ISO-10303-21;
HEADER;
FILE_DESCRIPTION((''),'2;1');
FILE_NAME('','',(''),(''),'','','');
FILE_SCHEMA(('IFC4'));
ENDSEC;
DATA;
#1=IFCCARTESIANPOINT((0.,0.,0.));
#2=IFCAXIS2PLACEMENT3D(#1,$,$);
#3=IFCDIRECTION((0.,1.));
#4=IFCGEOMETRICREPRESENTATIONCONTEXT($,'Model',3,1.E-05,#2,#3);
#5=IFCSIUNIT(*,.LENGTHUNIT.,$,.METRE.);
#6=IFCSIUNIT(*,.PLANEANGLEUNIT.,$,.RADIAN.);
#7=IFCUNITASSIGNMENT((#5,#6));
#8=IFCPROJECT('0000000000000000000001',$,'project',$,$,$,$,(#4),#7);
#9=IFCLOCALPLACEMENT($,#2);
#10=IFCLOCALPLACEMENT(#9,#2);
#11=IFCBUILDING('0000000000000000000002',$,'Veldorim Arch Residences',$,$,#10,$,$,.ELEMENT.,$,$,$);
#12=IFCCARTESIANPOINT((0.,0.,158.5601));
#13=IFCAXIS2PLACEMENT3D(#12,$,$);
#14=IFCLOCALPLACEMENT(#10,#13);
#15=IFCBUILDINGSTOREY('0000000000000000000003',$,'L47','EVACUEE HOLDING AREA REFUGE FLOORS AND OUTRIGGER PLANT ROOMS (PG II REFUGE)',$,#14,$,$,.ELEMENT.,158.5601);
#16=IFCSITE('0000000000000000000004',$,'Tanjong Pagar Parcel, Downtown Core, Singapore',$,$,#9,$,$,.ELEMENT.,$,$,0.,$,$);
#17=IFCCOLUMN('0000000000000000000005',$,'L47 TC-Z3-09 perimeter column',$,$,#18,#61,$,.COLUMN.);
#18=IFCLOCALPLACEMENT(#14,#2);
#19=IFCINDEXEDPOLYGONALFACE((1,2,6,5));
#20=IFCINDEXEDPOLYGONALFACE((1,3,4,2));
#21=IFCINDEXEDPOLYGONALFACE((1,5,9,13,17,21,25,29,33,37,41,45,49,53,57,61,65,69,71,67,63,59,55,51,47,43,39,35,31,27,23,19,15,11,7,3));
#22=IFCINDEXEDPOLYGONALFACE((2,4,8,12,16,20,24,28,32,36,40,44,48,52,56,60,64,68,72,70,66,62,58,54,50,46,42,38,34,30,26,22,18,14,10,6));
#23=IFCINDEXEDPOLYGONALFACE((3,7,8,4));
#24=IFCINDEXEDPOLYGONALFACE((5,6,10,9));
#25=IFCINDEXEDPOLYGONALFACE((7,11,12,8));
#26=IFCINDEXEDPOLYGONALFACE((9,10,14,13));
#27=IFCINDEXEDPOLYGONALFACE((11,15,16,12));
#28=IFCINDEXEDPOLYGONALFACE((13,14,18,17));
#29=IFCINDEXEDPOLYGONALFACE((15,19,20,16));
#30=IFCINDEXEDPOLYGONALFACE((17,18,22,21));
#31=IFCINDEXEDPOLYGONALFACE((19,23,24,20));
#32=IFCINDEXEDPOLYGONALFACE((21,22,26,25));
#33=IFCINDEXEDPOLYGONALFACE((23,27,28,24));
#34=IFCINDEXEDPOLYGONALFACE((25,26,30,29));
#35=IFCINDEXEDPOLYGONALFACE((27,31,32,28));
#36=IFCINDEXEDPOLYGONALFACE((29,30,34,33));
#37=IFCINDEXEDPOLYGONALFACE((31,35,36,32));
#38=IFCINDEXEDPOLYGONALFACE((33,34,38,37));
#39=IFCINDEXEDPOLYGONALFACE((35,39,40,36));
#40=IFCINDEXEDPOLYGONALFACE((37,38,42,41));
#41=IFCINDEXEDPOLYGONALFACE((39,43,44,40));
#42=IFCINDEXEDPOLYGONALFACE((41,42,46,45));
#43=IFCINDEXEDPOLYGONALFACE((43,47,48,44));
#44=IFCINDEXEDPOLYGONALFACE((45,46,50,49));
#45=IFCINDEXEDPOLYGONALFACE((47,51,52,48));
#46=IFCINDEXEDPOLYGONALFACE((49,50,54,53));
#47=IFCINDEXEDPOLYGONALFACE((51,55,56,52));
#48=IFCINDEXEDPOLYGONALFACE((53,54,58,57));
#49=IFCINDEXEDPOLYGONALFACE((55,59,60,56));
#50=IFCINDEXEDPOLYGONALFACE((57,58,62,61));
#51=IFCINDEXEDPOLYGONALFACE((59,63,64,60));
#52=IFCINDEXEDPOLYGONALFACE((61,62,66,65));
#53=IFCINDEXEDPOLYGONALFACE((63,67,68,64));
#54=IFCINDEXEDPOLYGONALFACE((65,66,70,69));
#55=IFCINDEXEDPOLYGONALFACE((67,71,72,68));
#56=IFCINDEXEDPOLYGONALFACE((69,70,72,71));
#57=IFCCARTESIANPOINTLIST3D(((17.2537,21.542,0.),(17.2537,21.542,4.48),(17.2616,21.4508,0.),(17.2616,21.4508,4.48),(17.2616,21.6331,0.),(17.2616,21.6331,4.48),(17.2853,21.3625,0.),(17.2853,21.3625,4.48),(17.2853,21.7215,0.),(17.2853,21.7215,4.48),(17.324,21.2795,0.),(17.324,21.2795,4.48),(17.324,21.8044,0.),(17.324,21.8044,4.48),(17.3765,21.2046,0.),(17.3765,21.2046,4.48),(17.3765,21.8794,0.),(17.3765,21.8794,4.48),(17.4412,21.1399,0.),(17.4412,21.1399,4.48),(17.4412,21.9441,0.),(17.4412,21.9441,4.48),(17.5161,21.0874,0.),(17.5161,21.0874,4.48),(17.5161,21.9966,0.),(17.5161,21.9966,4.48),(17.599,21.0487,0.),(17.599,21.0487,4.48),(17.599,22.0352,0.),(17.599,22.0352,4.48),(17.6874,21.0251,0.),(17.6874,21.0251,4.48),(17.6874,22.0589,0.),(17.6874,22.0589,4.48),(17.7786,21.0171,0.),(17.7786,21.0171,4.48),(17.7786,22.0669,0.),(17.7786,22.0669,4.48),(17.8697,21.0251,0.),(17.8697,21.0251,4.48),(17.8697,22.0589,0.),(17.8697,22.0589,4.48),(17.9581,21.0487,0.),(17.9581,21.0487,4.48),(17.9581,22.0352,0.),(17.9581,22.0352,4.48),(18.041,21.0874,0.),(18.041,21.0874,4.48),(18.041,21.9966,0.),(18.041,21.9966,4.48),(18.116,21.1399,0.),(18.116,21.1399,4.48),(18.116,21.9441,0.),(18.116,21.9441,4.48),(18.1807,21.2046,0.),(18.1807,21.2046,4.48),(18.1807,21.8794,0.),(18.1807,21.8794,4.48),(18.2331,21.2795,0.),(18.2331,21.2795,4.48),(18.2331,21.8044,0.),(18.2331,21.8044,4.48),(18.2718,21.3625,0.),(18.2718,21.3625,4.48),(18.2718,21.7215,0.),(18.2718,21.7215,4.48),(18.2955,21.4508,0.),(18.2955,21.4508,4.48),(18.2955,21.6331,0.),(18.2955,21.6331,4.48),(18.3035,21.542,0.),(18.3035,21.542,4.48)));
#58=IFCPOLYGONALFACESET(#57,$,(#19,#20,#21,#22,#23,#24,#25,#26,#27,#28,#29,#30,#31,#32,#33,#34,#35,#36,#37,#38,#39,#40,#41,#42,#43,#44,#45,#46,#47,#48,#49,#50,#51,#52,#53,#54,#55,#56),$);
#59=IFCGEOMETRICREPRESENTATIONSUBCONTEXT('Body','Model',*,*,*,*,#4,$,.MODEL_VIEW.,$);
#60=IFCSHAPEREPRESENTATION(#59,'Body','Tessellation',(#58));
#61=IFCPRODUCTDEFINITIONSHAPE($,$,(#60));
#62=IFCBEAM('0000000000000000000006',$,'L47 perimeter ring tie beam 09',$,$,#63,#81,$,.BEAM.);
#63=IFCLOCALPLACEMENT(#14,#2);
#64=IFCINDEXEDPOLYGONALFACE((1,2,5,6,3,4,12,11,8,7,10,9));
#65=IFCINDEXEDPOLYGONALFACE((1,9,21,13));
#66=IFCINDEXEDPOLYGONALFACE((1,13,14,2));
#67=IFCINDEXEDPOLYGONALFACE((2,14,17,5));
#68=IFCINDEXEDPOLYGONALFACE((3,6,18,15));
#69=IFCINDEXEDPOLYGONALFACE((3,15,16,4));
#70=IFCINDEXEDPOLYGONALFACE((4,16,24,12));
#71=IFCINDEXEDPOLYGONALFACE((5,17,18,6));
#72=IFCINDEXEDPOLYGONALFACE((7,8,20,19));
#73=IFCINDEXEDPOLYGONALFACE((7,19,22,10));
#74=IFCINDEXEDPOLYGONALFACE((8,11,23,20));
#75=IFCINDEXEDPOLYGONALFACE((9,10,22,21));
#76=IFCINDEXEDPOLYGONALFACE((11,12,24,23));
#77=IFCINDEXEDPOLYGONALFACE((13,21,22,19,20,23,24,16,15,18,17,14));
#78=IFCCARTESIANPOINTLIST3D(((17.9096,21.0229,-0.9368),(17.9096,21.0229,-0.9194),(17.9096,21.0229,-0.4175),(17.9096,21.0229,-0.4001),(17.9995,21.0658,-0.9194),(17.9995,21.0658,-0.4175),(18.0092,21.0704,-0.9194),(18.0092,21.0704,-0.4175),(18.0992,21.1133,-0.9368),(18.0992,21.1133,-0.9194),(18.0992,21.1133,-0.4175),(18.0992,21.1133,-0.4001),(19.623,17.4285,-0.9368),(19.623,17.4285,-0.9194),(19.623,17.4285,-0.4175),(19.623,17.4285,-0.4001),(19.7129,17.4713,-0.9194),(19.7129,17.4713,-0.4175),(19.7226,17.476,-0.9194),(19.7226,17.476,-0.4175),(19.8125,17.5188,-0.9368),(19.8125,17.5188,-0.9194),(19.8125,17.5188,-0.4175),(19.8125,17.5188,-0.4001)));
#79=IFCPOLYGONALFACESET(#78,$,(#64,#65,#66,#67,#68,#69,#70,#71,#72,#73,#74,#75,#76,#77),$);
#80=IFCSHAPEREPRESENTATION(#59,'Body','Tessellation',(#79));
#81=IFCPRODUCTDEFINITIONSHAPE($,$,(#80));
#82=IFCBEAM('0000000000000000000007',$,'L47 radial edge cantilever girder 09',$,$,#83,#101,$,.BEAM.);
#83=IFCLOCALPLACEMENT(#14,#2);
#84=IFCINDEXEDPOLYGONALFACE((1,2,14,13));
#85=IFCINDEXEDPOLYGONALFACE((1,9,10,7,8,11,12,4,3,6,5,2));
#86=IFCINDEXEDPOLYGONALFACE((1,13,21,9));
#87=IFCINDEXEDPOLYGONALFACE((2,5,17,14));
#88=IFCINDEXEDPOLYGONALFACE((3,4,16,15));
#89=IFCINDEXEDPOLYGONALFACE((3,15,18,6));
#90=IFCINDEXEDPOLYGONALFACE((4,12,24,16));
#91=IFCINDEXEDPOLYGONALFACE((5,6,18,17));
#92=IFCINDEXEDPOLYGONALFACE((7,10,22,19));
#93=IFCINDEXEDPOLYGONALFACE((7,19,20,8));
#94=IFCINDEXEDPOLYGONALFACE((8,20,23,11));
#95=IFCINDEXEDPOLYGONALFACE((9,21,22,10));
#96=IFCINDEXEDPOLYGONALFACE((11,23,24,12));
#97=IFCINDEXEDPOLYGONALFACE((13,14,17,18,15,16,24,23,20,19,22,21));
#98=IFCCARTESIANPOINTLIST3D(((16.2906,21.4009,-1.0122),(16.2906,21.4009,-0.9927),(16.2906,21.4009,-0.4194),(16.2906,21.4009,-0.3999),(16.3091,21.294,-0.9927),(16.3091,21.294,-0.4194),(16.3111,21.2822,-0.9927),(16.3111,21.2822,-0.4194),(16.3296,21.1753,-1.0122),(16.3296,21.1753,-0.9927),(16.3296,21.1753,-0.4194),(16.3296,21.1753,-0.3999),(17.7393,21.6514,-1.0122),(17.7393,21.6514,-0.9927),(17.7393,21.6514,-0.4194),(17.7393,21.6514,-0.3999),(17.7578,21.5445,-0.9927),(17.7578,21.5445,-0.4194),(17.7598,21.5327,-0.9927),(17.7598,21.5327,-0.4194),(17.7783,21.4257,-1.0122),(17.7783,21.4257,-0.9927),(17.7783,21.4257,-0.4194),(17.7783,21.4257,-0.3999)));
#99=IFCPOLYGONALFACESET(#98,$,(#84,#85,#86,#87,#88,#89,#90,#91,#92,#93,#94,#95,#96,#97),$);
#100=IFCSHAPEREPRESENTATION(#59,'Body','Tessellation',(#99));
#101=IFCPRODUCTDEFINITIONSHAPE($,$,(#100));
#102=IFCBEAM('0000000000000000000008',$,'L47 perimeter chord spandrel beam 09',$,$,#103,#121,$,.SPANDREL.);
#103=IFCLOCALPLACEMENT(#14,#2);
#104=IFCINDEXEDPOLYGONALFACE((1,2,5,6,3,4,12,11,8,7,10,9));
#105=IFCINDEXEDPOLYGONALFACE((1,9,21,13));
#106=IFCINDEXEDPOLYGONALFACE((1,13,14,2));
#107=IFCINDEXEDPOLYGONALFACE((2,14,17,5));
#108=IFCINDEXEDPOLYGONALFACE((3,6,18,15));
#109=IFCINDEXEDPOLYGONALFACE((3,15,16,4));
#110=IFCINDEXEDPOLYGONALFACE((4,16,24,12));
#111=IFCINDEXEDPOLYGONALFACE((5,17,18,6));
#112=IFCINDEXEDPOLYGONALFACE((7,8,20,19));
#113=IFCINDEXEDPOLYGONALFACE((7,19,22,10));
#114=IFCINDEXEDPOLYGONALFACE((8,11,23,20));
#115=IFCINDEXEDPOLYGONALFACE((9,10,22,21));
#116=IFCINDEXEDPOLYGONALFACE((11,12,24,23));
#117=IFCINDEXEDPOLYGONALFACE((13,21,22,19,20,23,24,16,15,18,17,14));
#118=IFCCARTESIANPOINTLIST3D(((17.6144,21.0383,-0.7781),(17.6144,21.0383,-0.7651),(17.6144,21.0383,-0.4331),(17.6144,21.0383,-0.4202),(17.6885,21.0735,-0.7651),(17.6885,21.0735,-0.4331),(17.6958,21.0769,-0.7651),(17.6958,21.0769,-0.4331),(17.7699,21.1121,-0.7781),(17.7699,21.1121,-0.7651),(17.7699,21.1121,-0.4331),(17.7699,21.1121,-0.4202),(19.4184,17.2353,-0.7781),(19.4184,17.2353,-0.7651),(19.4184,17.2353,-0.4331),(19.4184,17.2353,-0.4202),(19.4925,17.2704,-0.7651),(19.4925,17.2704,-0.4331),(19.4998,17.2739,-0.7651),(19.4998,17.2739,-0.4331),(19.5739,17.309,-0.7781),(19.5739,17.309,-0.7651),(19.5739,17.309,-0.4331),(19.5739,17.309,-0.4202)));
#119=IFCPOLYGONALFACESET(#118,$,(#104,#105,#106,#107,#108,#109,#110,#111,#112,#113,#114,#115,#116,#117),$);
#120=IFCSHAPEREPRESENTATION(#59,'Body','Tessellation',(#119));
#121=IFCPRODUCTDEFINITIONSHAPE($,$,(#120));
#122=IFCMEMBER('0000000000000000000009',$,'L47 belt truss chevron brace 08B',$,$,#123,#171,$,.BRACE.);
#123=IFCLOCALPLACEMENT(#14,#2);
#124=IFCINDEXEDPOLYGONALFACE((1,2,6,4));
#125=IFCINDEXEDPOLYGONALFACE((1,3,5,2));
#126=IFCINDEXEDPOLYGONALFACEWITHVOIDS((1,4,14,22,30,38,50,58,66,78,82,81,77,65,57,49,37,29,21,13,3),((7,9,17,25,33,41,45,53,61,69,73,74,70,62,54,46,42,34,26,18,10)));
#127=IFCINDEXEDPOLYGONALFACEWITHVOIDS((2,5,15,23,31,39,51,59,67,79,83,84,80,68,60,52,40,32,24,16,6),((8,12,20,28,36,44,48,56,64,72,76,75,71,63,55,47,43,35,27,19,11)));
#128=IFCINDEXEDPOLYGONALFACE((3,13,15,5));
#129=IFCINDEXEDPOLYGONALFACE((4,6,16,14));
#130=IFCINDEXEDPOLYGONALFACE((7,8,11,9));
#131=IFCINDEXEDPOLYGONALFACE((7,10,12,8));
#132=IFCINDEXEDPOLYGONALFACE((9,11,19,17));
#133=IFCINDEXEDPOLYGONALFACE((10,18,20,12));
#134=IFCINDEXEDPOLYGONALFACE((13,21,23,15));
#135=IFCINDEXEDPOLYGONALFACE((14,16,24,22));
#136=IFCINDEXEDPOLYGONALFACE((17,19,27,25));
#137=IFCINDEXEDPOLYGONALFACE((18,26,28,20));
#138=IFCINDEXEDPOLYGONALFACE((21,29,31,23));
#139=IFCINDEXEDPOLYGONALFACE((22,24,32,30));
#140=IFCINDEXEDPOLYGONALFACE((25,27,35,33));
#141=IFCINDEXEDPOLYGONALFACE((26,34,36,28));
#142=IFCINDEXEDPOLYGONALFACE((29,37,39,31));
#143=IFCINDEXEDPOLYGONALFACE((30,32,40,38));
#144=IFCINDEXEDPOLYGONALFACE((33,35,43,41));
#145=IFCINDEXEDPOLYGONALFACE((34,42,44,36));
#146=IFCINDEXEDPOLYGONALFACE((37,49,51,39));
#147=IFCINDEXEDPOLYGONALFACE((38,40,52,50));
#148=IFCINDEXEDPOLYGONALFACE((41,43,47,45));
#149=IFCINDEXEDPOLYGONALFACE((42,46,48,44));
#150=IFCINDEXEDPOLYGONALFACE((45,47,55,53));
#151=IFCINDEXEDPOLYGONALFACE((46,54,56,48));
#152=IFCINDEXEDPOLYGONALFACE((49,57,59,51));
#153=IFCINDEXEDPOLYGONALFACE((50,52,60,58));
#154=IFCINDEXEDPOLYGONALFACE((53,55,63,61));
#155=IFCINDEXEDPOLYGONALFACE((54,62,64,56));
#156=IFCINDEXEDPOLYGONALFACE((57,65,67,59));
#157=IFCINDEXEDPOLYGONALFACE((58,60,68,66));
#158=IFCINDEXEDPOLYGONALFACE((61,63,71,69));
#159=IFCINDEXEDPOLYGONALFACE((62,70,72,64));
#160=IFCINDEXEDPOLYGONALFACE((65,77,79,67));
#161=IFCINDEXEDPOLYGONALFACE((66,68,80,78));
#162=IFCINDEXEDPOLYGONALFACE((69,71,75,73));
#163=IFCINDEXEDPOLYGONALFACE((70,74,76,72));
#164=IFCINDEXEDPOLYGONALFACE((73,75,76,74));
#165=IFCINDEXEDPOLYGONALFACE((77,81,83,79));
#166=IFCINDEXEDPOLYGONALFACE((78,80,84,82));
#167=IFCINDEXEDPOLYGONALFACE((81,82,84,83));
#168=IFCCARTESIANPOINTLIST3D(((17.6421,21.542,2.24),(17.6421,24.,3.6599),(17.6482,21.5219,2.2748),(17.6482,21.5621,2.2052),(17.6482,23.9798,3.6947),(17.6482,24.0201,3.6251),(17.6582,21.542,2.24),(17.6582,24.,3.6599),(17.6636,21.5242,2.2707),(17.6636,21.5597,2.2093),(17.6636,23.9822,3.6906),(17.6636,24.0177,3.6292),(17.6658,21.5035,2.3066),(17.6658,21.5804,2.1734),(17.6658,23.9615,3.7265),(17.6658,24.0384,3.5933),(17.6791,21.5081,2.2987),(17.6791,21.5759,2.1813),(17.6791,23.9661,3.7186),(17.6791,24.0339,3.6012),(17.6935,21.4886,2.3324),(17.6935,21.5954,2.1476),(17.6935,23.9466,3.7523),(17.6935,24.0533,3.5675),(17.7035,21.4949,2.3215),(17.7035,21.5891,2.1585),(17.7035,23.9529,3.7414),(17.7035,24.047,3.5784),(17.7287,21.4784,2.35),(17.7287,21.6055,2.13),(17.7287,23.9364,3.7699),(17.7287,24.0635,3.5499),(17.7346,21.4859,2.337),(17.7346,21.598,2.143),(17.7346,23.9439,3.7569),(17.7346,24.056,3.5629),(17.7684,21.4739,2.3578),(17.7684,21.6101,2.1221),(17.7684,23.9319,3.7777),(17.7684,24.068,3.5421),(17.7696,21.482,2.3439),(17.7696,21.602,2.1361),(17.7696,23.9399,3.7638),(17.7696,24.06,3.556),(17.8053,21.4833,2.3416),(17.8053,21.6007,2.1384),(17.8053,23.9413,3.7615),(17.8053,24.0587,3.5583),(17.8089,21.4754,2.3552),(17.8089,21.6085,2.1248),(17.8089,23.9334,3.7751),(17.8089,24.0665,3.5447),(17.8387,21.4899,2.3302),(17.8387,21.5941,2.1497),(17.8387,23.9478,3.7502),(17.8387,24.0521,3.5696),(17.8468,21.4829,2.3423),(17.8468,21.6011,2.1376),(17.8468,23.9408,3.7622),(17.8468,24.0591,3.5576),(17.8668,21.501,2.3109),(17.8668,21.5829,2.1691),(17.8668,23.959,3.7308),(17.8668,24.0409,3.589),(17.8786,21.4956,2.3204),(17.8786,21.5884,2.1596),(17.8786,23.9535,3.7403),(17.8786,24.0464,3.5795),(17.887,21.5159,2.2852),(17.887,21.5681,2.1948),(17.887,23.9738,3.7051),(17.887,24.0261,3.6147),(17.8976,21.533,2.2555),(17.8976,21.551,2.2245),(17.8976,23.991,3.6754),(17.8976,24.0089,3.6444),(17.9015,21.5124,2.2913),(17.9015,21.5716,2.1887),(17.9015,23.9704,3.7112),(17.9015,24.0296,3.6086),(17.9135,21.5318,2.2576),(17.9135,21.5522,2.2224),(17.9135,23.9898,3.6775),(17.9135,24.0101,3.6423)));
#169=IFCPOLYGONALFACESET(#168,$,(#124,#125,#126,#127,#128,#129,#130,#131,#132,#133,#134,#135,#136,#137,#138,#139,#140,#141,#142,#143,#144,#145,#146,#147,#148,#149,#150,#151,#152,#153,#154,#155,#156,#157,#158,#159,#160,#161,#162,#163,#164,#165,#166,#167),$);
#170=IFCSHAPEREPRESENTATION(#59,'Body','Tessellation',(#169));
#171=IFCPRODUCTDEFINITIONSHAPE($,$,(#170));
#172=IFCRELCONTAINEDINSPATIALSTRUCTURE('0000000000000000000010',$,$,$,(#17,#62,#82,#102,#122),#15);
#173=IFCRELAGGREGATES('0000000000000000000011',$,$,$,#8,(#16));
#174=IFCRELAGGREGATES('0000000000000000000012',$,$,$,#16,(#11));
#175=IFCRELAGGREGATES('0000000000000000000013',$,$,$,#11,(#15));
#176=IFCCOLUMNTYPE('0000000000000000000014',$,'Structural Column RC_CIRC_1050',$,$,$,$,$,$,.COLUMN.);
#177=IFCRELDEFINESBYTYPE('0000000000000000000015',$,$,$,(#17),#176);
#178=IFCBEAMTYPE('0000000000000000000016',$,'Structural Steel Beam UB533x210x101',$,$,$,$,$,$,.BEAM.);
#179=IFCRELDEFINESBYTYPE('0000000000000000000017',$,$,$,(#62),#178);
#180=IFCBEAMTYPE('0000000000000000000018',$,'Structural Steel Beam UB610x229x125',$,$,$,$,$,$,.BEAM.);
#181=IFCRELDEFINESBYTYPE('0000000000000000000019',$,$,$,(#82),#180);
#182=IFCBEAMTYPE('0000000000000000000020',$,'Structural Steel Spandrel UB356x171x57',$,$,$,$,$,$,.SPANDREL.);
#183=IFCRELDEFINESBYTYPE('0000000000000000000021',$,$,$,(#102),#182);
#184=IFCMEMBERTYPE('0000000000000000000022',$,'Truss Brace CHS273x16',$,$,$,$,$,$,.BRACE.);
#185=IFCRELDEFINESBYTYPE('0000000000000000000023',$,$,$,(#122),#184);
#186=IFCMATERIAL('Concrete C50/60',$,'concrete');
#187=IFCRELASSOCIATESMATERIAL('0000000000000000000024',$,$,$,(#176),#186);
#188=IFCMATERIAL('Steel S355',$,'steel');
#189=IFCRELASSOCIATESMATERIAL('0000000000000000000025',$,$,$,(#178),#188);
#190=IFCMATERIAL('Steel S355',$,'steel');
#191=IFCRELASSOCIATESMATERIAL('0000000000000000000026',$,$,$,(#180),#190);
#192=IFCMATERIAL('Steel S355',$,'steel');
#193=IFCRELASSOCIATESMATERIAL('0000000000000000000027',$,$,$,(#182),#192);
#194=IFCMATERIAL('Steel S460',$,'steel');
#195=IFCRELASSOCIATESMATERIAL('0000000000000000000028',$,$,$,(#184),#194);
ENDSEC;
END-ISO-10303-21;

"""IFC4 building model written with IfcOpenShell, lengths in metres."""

from ifc_helpers import new_model, si_unit, direction, frame, origin, origin_2d, place, context, subcontext, project, spatial, circle, hollow_circle, i_section, extrude, material, material_profile, profile_set, type_object, element, save


model = new_model("IFC4")

# Units and contexts
model_context = context("Model", 3, precision=1e-05, world=origin(), true_north=direction((0.0, 1.0)))
body_context = subcontext(model_context, "Body", "Model", "MODEL_VIEW")
ifc_project = project(units=[si_unit("LENGTHUNIT", "METRE"), si_unit("PLANEANGLEUNIT", "RADIAN")], contexts=[model_context])

# Site, building, storey
site_placement = place(None, origin())
site = spatial("IfcSite", under=ifc_project, at=site_placement, Name="Tanjong Pagar Parcel, Downtown Core, Singapore", CompositionType="ELEMENT", RefElevation=0.0)
building_placement = place(site_placement, origin())
building = spatial("IfcBuilding", under=site, at=building_placement, Name="Veldorim Arch Residences", CompositionType="ELEMENT")
storey_placement = place(building_placement, frame((0.0, 0.0, 158.5601)))
storey = spatial("IfcBuildingStorey", under=building, at=storey_placement, Name="L47", Description="EVACUEE HOLDING AREA REFUGE FLOORS AND OUTRIGGER PLANT ROOMS (PG II REFUGE)", CompositionType="ELEMENT", Elevation=158.5601)

# Column
ifc_material_1 = material(Name="Concrete C50/60", Category="concrete")
ifc_material_profile_1 = material_profile(ifc_material_1, circle(Radius=0.5249, at=origin_2d()), Name="RC_CIRC_1050")
ifc_profile_set_1 = profile_set([ifc_material_profile_1], Name="Concrete C50/60")
column_type = type_object("IfcColumnType", Name="Structural Column RC_CIRC_1050", PredefinedType="COLUMN", material=ifc_profile_set_1)
column_placement = place(storey_placement, frame((17.7786, 21.542, 0.0), z_axis=(0.0, 0.0, 1.0), x_axis=(1.0, 0.0, 0.0)))
element("IfcColumn", 1, at=column_placement, inside=storey, type_object=column_type, Name="L47 TC-Z3-09 perimeter column", PredefinedType="COLUMN", context=body_context, shape_type="SweptSolid", body=[
    extrude(circle(Radius=0.5249, at=origin_2d()), origin(), (0.0, 0.0, 1.0), 4.48),
])

# Beams
ifc_material_2 = material(Name="Steel S355", Category="steel")
ifc_material_profile_2 = material_profile(ifc_material_2, i_section(OverallWidth=0.21, OverallDepth=0.5366, WebThickness=0.0107, FlangeThickness=0.0173, at=origin_2d()), Name="UB533x210x101")
ifc_profile_set_2 = profile_set([ifc_material_profile_2], Name="Steel S355")
beam_type_1 = type_object("IfcBeamType", Name="Structural Steel Beam UB533x210x101", PredefinedType="BEAM", material=ifc_profile_set_2)
beam_1_placement = place(storey_placement, frame((18.0044, 21.0681, -0.6685), z_axis=(0.430286, -0.902693, 0.0), x_axis=(0.902693, 0.430286, 0.0)))
element("IfcBeam", 2, at=beam_1_placement, inside=storey, type_object=beam_type_1, Name="L47 perimeter ring tie beam 09", PredefinedType="BEAM", context=body_context, shape_type="SweptSolid", body=[
    extrude(i_section(OverallWidth=0.21, OverallDepth=0.5366, WebThickness=0.0107, FlangeThickness=0.0173, at=origin_2d()), origin(), (0.0, 0.0, 1.0), 3.9819),
])
ifc_material_3 = material(Name="Steel S355", Category="steel")
ifc_material_profile_3 = material_profile(ifc_material_3, i_section(OverallWidth=0.229, OverallDepth=0.6123, WebThickness=0.012, FlangeThickness=0.0195, at=origin_2d()), Name="UB610x229x125")
ifc_profile_set_3 = profile_set([ifc_material_profile_3], Name="Steel S355")
beam_type_2 = type_object("IfcBeamType", Name="Structural Steel Beam UB610x229x125", PredefinedType="BEAM", material=ifc_profile_set_3)
beam_2_placement = place(storey_placement, frame((17.7588, 21.5386, -0.7061), z_axis=(-0.985379, -0.170374, 0.0), x_axis=(0.170374, -0.985379, 0.0)))
element("IfcBeam", 3, at=beam_2_placement, inside=storey, type_object=beam_type_2, Name="L47 radial edge cantilever girder 09", PredefinedType="BEAM", context=body_context, shape_type="SweptSolid", body=[
    extrude(i_section(OverallWidth=0.229, OverallDepth=0.6123, WebThickness=0.012, FlangeThickness=0.0195, at=origin_2d()), origin(), (0.0, 0.0, 1.0), 1.4702),
])
ifc_material_4 = material(Name="Steel S355", Category="steel")
ifc_material_profile_4 = material_profile(ifc_material_4, i_section(OverallWidth=0.1721, OverallDepth=0.3579, WebThickness=0.0081, FlangeThickness=0.0129, at=origin_2d()), Name="UB356x171x57")
ifc_profile_set_4 = profile_set([ifc_material_profile_4], Name="Steel S355")
beam_type_3 = type_object("IfcBeamType", Name="Structural Steel Spandrel UB356x171x57", PredefinedType="SPANDREL", material=ifc_profile_set_4)
beam_3_placement = place(storey_placement, frame((17.6921, 21.0752, -0.5991), z_axis=(0.42858, -0.903504, 0.0), x_axis=(0.903504, 0.42858, 0.0)))
element("IfcBeam", 4, at=beam_3_placement, inside=storey, type_object=beam_type_3, Name="L47 perimeter chord spandrel beam 09", PredefinedType="SPANDREL", context=body_context, shape_type="SweptSolid", body=[
    extrude(i_section(OverallWidth=0.1721, OverallDepth=0.3579, WebThickness=0.0081, FlangeThickness=0.0129, at=origin_2d()), origin(), (0.0, 0.0, 1.0), 4.2092),
])

# Member
ifc_material_5 = material(Name="Steel S460", Category="steel")
ifc_material_profile_5 = material_profile(ifc_material_5, hollow_circle(Radius=0.1365, WallThickness=0.0161, at=origin_2d()), Name="CHS273x16")
ifc_profile_set_5 = profile_set([ifc_material_profile_5], Name="Steel S460")
member_type_1 = type_object("IfcMemberType", Name="Truss Brace CHS273x16", PredefinedType="BRACE", material=ifc_profile_set_5)
member_1_placement = place(storey_placement, frame((17.7786, 21.542, 2.24), z_axis=(0.0, 0.865905, 0.500209), x_axis=(-1.0, 0.0, 0.0)))
element("IfcMember", 5, at=member_1_placement, inside=storey, type_object=member_type_1, Name="L47 belt truss chevron brace 08B", PredefinedType="BRACE", context=body_context, shape_type="SweptSolid", body=[
    extrude(hollow_circle(Radius=0.1365, WallThickness=0.0161, at=origin_2d()), origin(), (0.0, 0.0, 1.0), 2.8386),
])

save(model, "model.ifc")
